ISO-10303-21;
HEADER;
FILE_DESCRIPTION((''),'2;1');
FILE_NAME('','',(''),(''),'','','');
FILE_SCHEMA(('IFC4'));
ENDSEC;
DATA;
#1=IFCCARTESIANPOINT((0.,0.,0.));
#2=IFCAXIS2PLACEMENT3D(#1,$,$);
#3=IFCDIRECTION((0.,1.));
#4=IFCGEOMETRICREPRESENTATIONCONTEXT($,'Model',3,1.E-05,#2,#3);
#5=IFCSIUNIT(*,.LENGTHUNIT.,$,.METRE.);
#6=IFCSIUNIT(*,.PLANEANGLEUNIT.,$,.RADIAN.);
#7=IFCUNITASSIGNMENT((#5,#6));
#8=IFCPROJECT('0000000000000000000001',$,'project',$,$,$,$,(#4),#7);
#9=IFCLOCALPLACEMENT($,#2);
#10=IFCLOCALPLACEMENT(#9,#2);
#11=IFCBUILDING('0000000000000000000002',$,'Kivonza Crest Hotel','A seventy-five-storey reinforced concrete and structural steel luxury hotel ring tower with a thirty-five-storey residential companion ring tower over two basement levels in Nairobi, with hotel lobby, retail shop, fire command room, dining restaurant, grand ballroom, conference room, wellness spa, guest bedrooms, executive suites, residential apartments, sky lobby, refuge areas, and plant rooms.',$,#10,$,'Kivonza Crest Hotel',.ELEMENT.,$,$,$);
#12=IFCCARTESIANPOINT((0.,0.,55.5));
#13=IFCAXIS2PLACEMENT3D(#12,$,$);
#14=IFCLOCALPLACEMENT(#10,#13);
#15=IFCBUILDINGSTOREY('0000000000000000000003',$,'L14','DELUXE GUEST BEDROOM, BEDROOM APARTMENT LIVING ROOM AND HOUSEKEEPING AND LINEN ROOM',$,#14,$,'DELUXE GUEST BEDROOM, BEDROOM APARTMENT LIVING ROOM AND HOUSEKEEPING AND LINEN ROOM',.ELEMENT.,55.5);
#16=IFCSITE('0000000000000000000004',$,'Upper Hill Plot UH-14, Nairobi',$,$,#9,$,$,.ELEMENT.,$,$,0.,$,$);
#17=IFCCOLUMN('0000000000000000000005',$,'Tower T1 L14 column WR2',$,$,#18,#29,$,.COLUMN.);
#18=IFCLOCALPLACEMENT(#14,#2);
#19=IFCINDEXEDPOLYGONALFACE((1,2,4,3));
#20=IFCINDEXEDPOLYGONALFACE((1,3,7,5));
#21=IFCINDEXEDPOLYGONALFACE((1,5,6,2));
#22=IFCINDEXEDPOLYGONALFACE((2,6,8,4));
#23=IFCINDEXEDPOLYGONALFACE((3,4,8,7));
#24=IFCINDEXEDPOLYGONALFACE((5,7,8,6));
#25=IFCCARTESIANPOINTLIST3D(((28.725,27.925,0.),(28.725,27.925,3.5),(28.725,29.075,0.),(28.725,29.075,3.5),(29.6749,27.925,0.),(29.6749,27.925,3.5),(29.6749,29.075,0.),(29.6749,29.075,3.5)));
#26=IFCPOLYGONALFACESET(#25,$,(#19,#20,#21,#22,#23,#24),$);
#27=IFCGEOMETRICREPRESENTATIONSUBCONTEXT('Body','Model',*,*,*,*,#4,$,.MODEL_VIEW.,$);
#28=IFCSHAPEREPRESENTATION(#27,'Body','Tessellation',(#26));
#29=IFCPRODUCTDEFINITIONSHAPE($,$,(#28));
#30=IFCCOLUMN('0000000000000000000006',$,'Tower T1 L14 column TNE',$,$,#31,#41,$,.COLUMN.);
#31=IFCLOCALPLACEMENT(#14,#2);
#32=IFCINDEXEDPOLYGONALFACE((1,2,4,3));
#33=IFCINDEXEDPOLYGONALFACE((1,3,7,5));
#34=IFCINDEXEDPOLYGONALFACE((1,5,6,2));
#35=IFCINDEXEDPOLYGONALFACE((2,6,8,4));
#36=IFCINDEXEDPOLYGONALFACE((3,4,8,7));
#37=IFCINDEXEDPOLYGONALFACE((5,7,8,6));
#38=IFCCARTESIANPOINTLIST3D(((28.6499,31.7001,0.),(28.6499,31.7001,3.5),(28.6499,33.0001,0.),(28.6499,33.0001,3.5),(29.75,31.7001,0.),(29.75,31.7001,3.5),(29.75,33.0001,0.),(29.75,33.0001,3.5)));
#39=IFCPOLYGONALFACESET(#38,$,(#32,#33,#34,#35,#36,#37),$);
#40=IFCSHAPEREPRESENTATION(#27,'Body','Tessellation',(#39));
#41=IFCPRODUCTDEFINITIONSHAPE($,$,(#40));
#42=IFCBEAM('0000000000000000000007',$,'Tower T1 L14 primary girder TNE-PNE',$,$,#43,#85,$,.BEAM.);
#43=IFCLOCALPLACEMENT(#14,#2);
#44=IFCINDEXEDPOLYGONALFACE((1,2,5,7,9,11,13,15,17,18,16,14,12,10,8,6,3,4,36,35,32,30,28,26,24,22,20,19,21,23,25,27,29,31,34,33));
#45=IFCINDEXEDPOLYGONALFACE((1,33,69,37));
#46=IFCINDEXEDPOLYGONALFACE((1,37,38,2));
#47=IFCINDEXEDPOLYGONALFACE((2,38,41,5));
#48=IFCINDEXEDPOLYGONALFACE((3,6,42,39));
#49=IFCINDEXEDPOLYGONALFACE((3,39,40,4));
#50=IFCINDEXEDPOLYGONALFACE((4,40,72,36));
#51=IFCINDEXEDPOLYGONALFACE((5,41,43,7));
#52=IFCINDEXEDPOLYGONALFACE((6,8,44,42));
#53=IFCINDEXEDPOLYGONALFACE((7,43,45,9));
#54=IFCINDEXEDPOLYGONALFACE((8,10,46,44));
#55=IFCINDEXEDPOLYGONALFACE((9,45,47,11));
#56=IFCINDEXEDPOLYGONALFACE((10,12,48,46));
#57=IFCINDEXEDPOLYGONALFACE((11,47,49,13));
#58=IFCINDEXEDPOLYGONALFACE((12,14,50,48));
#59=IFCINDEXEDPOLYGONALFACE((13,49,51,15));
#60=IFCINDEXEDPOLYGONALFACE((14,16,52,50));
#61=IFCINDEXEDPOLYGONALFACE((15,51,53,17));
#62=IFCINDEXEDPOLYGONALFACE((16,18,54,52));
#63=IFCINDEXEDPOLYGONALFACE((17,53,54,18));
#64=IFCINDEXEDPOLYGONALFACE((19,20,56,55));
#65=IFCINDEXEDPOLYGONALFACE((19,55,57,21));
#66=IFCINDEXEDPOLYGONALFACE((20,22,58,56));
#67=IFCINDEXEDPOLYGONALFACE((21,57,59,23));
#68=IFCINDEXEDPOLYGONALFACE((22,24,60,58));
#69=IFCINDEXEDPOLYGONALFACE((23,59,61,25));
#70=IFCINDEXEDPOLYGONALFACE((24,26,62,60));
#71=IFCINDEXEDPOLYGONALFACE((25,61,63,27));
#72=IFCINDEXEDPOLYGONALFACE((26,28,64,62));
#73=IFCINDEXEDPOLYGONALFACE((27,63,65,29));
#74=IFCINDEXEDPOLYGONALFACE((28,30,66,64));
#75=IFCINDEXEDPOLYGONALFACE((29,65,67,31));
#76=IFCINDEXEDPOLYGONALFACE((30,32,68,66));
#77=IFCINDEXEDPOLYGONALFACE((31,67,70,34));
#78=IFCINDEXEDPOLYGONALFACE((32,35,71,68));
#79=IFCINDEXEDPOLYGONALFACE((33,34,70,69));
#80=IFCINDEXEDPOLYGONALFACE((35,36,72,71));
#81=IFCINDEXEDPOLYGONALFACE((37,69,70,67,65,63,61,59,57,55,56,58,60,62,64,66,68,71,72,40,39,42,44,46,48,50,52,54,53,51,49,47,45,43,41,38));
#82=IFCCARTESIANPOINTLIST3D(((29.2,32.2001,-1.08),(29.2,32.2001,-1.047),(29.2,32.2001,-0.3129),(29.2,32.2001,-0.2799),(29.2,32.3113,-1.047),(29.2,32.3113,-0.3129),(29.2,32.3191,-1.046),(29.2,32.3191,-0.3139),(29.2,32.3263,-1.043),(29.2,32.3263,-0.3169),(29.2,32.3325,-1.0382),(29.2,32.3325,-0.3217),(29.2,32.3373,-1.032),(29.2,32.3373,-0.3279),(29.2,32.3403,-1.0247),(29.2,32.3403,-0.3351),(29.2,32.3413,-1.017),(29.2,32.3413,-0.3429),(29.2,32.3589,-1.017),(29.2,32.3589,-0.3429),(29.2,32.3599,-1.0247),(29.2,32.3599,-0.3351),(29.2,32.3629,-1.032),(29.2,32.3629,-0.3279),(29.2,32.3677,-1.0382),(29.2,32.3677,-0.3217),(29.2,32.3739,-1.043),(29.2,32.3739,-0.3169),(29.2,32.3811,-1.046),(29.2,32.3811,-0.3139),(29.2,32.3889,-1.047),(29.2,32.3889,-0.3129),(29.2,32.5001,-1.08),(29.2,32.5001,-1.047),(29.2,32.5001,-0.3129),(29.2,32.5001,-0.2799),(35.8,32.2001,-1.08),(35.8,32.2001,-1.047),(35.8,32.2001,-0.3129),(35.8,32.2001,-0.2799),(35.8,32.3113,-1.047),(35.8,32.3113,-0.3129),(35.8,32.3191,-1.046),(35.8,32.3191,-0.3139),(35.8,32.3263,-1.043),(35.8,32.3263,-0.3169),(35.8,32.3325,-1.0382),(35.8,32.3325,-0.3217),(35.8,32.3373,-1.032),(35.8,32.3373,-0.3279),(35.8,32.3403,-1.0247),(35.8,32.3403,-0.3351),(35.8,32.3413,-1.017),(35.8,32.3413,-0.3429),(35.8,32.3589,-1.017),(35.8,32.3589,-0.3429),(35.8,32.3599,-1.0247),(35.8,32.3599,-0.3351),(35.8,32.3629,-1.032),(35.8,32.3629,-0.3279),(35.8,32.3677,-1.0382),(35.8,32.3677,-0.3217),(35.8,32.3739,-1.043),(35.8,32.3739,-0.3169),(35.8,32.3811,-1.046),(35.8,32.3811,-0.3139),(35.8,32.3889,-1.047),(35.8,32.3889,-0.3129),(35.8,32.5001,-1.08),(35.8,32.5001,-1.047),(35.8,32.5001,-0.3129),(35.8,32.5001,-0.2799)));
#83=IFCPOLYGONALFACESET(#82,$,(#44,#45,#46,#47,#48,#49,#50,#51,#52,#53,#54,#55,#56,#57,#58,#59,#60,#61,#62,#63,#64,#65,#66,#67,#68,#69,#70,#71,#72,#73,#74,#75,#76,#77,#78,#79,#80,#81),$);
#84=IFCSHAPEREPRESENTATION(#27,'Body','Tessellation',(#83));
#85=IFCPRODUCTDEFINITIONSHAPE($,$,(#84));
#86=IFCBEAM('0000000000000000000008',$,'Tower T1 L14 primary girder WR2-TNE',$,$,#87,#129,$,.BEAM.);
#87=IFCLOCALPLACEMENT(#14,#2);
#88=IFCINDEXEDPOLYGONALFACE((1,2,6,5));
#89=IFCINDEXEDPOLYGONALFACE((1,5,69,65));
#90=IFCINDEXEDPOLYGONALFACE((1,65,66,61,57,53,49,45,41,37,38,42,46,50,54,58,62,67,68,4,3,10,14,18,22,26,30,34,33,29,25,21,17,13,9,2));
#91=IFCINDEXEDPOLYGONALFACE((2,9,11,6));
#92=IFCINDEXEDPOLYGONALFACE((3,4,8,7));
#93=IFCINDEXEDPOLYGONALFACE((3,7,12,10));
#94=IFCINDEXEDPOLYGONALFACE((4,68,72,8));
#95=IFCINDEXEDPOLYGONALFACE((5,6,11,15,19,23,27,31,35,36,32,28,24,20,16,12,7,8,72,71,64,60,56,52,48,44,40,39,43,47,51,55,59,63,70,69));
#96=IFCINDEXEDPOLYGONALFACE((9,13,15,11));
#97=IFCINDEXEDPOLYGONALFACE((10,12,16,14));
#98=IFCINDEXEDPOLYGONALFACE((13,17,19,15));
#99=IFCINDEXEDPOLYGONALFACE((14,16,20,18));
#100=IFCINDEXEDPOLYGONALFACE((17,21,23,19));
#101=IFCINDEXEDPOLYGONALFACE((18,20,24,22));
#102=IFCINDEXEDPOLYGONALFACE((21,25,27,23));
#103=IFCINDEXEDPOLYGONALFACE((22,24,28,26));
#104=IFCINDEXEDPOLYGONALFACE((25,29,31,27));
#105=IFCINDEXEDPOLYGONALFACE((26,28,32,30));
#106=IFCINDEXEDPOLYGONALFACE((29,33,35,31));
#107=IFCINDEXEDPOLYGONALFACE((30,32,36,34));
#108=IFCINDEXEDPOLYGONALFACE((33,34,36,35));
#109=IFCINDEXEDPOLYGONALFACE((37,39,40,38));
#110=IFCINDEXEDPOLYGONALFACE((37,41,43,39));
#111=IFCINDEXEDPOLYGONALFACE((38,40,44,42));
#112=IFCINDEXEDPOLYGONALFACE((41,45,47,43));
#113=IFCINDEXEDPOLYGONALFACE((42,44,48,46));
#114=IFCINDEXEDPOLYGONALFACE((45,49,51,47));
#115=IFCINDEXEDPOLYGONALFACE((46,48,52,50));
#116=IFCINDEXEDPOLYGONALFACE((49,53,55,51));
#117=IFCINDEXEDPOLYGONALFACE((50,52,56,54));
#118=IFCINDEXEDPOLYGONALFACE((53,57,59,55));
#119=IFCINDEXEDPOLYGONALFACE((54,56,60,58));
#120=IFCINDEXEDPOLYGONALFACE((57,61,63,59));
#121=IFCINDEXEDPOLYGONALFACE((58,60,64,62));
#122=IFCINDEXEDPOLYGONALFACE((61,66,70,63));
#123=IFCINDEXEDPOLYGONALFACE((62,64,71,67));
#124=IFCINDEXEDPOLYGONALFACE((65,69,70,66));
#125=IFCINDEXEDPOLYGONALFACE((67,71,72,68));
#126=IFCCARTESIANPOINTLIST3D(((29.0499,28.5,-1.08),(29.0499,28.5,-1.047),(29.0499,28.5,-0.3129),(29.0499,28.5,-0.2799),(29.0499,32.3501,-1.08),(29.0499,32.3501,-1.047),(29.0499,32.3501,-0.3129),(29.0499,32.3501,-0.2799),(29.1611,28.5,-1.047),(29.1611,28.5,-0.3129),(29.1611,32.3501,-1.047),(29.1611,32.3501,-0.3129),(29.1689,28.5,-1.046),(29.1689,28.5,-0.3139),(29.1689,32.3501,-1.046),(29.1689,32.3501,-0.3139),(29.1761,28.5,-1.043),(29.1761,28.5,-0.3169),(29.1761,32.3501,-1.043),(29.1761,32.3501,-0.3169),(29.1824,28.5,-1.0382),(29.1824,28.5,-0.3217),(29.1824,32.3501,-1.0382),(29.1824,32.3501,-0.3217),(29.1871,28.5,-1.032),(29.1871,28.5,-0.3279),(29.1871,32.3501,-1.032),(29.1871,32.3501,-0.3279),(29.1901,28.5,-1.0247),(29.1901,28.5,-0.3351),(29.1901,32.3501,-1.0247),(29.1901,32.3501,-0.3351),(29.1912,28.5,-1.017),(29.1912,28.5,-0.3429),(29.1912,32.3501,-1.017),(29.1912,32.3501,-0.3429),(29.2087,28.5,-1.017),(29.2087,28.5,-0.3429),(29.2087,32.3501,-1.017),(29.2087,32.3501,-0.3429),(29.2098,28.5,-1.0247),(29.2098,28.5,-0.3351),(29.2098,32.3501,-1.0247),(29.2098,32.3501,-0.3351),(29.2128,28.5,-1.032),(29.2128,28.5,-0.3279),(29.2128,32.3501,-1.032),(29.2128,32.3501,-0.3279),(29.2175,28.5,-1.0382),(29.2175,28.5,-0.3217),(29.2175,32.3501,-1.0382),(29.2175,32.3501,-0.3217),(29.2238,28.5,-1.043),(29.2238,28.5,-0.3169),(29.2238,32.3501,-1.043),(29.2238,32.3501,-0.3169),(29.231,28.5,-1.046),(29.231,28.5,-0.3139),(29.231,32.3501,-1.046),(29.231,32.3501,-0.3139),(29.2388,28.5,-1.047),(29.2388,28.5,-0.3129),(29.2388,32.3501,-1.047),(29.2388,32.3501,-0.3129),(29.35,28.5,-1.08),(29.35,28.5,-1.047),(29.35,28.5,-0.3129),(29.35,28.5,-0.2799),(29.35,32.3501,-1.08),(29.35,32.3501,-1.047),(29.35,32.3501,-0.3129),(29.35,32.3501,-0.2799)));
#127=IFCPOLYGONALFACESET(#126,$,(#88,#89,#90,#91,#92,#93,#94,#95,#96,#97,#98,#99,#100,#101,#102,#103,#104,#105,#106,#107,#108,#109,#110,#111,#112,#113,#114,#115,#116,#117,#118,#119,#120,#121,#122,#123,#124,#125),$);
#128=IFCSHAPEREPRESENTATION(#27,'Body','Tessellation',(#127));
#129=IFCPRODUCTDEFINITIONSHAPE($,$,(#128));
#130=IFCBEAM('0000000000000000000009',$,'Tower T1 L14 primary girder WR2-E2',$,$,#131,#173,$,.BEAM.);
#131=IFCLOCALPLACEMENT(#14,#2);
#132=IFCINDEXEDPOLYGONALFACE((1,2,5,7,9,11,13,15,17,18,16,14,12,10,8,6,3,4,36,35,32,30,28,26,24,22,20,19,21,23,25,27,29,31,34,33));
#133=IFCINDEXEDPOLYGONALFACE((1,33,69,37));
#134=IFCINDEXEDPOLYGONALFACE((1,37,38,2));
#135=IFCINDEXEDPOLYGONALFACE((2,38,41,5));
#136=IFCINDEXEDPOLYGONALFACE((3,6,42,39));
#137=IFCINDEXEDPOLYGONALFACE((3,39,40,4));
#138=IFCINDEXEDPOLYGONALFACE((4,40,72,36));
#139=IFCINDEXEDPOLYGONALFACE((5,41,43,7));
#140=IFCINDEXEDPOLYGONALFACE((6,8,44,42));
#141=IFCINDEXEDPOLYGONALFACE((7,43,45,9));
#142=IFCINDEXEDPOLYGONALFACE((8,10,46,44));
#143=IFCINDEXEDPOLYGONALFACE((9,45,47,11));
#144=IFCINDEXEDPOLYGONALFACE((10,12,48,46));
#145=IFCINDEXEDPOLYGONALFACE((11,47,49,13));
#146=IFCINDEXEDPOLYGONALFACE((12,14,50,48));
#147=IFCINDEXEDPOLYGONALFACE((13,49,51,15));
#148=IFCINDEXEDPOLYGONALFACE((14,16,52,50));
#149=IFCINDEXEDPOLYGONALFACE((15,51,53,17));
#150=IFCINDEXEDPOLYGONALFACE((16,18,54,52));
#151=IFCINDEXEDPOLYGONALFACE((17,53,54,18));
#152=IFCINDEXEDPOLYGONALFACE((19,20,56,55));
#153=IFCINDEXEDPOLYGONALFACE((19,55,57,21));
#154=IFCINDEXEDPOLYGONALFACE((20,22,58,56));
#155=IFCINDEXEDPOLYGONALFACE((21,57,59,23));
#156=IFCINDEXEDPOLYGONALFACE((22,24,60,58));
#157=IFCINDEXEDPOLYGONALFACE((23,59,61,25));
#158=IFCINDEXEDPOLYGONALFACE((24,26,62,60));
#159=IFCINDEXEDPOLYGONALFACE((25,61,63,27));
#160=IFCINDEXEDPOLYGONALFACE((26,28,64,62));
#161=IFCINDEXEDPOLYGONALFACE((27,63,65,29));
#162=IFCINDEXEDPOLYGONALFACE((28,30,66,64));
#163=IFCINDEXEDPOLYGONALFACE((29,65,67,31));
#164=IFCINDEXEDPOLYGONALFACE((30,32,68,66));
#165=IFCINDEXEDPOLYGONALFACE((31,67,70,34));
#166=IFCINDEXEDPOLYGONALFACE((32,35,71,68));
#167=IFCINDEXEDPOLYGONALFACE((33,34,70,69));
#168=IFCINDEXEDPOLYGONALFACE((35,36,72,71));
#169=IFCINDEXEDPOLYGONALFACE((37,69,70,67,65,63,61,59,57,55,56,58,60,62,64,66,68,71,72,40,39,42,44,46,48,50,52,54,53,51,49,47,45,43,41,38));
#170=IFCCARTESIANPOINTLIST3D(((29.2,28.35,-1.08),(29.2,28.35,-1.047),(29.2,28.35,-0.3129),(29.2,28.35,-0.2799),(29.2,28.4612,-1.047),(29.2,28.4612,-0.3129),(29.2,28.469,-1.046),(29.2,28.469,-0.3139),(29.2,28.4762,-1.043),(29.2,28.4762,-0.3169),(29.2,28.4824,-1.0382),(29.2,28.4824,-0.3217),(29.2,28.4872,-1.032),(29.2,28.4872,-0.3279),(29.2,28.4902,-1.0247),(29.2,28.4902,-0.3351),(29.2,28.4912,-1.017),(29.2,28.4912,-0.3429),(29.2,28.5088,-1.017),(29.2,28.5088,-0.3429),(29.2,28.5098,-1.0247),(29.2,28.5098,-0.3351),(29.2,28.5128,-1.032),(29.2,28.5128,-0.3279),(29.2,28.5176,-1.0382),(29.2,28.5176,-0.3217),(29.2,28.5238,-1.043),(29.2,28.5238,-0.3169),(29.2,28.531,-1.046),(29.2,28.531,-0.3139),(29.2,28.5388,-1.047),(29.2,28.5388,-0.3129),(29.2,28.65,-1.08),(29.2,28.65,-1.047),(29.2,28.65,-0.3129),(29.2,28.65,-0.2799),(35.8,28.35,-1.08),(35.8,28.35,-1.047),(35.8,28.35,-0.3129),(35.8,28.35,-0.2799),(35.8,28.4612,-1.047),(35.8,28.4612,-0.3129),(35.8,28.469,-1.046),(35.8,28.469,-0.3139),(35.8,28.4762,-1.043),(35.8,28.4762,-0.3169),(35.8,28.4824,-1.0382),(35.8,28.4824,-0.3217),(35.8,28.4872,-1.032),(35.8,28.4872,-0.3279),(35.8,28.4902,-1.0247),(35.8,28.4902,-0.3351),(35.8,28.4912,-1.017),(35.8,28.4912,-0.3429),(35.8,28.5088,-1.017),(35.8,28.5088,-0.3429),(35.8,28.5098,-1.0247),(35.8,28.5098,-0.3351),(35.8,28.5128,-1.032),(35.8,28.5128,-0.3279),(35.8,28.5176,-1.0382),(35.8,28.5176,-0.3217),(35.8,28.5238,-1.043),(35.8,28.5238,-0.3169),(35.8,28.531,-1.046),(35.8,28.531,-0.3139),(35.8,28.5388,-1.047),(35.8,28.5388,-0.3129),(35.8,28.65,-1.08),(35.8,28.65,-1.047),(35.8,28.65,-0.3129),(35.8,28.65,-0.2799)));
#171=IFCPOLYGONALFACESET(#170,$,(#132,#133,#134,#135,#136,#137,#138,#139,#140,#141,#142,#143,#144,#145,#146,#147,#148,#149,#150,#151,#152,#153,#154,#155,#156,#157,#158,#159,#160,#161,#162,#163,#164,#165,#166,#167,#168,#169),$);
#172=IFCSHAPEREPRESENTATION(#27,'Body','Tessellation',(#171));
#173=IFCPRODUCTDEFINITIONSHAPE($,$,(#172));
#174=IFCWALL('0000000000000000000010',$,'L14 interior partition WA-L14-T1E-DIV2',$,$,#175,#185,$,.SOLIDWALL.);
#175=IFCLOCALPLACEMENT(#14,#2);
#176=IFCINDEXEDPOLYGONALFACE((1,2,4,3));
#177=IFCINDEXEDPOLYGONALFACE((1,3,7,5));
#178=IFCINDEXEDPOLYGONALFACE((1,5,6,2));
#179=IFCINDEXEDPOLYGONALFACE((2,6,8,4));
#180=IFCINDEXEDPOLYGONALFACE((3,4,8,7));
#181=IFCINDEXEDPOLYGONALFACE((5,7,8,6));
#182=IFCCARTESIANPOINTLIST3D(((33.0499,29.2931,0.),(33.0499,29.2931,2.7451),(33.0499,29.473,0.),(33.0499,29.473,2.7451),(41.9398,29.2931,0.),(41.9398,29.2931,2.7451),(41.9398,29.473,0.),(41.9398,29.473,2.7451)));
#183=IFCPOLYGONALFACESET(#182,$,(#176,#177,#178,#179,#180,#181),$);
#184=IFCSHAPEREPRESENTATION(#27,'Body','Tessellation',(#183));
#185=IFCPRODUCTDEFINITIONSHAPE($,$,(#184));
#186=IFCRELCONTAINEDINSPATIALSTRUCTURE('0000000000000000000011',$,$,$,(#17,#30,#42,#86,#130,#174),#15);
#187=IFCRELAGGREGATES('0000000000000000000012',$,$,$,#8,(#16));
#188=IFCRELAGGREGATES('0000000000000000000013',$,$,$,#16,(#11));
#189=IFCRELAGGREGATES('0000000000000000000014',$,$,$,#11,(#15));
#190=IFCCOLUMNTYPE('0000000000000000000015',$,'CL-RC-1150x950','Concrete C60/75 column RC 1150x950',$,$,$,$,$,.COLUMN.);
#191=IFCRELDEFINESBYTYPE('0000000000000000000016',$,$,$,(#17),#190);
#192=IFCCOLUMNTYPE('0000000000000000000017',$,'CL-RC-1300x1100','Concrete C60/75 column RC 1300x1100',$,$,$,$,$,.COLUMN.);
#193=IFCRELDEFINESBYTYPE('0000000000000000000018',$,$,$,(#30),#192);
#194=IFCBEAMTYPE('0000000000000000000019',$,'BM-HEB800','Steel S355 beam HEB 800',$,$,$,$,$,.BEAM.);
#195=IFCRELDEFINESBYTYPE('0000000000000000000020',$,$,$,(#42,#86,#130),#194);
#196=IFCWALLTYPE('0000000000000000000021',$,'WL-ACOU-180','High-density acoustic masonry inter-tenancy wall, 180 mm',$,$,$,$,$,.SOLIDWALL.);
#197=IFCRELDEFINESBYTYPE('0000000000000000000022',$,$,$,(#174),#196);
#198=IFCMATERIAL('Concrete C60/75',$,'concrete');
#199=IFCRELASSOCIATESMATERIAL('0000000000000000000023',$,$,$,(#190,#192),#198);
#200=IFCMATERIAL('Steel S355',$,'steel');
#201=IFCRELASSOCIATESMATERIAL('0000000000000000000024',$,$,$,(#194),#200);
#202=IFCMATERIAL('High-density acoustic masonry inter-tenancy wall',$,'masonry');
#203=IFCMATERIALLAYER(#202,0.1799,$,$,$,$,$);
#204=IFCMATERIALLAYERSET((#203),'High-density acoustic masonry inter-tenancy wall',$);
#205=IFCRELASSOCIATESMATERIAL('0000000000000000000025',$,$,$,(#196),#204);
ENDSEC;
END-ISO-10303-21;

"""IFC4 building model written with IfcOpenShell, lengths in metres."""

from ifc_helpers import new_model, si_unit, direction, frame, frame_2d, origin, origin_2d, place, context, subcontext, project, spatial, rectangle, i_section, extrude, material, layer, layer_set, material_profile, profile_set, type_object, element, save


model = new_model("IFC4")

# Units and contexts
model_context = context("Model", 3, precision=1e-05, world=origin(), true_north=direction((0.0, 1.0)))
body_context = subcontext(model_context, "Body", "Model", "MODEL_VIEW")
ifc_project = project(units=[si_unit("LENGTHUNIT", "METRE"), si_unit("PLANEANGLEUNIT", "RADIAN")], contexts=[model_context])

# Site, building, storey
site_placement = place(None, origin())
site = spatial("IfcSite", under=ifc_project, at=site_placement, Name="Upper Hill Plot UH-14, Nairobi", CompositionType="ELEMENT", RefElevation=0.0)
building_placement = place(site_placement, origin())
building = spatial("IfcBuilding", under=site, at=building_placement, Name="Kivonza Crest Hotel", Description="A seventy-five-storey reinforced concrete and structural steel luxury hotel ring tower with a thirty-five-storey residential companion ring tower over two basement levels in Nairobi, with hotel lobby, retail shop, fire command room, dining restaurant, grand ballroom, conference room, wellness spa, guest bedrooms, executive suites, residential apartments, sky lobby, refuge areas, and plant rooms.", LongName="Kivonza Crest Hotel", CompositionType="ELEMENT")
storey_placement = place(building_placement, frame((0.0, 0.0, 55.5)))
storey = spatial("IfcBuildingStorey", under=building, at=storey_placement, Name="L14", Description="DELUXE GUEST BEDROOM, BEDROOM APARTMENT LIVING ROOM AND HOUSEKEEPING AND LINEN ROOM", LongName="DELUXE GUEST BEDROOM, BEDROOM APARTMENT LIVING ROOM AND HOUSEKEEPING AND LINEN ROOM", CompositionType="ELEMENT", Elevation=55.5)

# Columns
ifc_material_1 = material(Name="Concrete C60/75", Category="concrete")
ifc_material_profile_1 = material_profile(ifc_material_1, rectangle(XDim=0.95, YDim=1.1499, at=origin_2d()), Name="RC 1150x950")
ifc_profile_set_1 = profile_set([ifc_material_profile_1], Name="Concrete C60/75")
column_type_1 = type_object("IfcColumnType", Name="CL-RC-1150x950", Description="Concrete C60/75 column RC 1150x950", PredefinedType="COLUMN", material=ifc_profile_set_1)
column_1_placement = place(storey_placement, frame((29.2, 28.5, 0.0), z_axis=(0.0, 0.0, 1.0), x_axis=(1.0, 0.0, 0.0)))
element("IfcColumn", 1, at=column_1_placement, inside=storey, type_object=column_type_1, Name="Tower T1 L14 column WR2", PredefinedType="COLUMN", context=body_context, shape_type="SweptSolid", body=[
    extrude(rectangle(XDim=0.95, YDim=1.1499, at=origin_2d()), origin(), (0.0, 0.0, 1.0), 3.5),
])
ifc_material_profile_2 = material_profile(ifc_material_1, rectangle(XDim=1.1001, YDim=1.3, at=origin_2d()), Name="RC 1300x1100")
ifc_profile_set_2 = profile_set([ifc_material_profile_2], Name="Concrete C60/75")
column_type_2 = type_object("IfcColumnType", Name="CL-RC-1300x1100", Description="Concrete C60/75 column RC 1300x1100", PredefinedType="COLUMN", material=ifc_profile_set_2)
column_2_placement = place(storey_placement, frame((29.2, 32.3501, 0.0), z_axis=(0.0, 0.0, 1.0), x_axis=(1.0, 0.0, 0.0)))
element("IfcColumn", 2, at=column_2_placement, inside=storey, type_object=column_type_2, Name="Tower T1 L14 column TNE", PredefinedType="COLUMN", context=body_context, shape_type="SweptSolid", body=[
    extrude(rectangle(XDim=1.1001, YDim=1.3, at=origin_2d()), origin(), (0.0, 0.0, 1.0), 3.5),
])

# Beams
ifc_material_2 = material(Name="Steel S355", Category="steel")
ifc_material_profile_3 = material_profile(ifc_material_2, i_section(OverallWidth=0.3, OverallDepth=0.8, WebThickness=0.0176, FlangeThickness=0.033, FilletRadius=0.03, at=origin_2d()), Name="HEB 800")
ifc_profile_set_3 = profile_set([ifc_material_profile_3], Name="Steel S355")
beam_type = type_object("IfcBeamType", Name="BM-HEB800", Description="Steel S355 beam HEB 800", PredefinedType="BEAM", material=ifc_profile_set_3)
beam_1_placement = place(storey_placement, frame((29.2, 32.3501, -0.6799), z_axis=(1.0, 0.0, 0.0), x_axis=(0.0, 1.0, 0.0)))
element("IfcBeam", 3, at=beam_1_placement, inside=storey, type_object=beam_type, Name="Tower T1 L14 primary girder TNE-PNE", PredefinedType="BEAM", context=body_context, shape_type="SweptSolid", body=[
    extrude(i_section(OverallWidth=0.3, OverallDepth=0.8, WebThickness=0.0176, FlangeThickness=0.033, FilletRadius=0.03, at=origin_2d()), origin(), (0.0, 0.0, 1.0), 6.6001),
])
beam_2_placement = place(storey_placement, frame((29.2, 28.5, -0.6799), z_axis=(0.0, 1.0, 0.0), x_axis=(-1.0, 0.0, 0.0)))
element("IfcBeam", 4, at=beam_2_placement, inside=storey, type_object=beam_type, Name="Tower T1 L14 primary girder WR2-TNE", PredefinedType="BEAM", context=body_context, shape_type="SweptSolid", body=[
    extrude(i_section(OverallWidth=0.3, OverallDepth=0.8, WebThickness=0.0176, FlangeThickness=0.033, FilletRadius=0.03, at=origin_2d()), origin(), (0.0, 0.0, 1.0), 3.8501),
])
beam_3_placement = place(storey_placement, frame((29.2, 28.5, -0.6799), z_axis=(1.0, 0.0, 0.0), x_axis=(0.0, 1.0, 0.0)))
element("IfcBeam", 5, at=beam_3_placement, inside=storey, type_object=beam_type, Name="Tower T1 L14 primary girder WR2-E2", PredefinedType="BEAM", context=body_context, shape_type="SweptSolid", body=[
    extrude(i_section(OverallWidth=0.3, OverallDepth=0.8, WebThickness=0.0176, FlangeThickness=0.033, FilletRadius=0.03, at=origin_2d()), origin(), (0.0, 0.0, 1.0), 6.6001),
])

# Wall
ifc_material_3 = material(Name="High-density acoustic masonry inter-tenancy wall", Category="masonry")
ifc_layer_1 = layer(ifc_material_3, 0.1799)
ifc_layer_set_1 = layer_set([ifc_layer_1], Name="High-density acoustic masonry inter-tenancy wall")
wall_type_1 = type_object("IfcWallType", Name="WL-ACOU-180", Description="High-density acoustic masonry inter-tenancy wall, 180 mm", PredefinedType="SOLIDWALL", material=ifc_layer_set_1)
wall_1_placement = place(storey_placement, frame((33.05, 29.3831, 0.0), z_axis=(0.0, 0.0, 1.0), x_axis=(1.0, 0.0, 0.0)))
element("IfcWall", 6, at=wall_1_placement, inside=storey, type_object=wall_type_1, Name="L14 interior partition WA-L14-T1E-DIV2", PredefinedType="SOLIDWALL", context=body_context, shape_type="SweptSolid", body=[
    extrude(rectangle(XDim=8.8899, YDim=0.1799, at=frame_2d((4.4448, 0.0))), origin(), (0.0, 0.0, 1.0), 2.7451),
])

save(model, "model.ifc")
